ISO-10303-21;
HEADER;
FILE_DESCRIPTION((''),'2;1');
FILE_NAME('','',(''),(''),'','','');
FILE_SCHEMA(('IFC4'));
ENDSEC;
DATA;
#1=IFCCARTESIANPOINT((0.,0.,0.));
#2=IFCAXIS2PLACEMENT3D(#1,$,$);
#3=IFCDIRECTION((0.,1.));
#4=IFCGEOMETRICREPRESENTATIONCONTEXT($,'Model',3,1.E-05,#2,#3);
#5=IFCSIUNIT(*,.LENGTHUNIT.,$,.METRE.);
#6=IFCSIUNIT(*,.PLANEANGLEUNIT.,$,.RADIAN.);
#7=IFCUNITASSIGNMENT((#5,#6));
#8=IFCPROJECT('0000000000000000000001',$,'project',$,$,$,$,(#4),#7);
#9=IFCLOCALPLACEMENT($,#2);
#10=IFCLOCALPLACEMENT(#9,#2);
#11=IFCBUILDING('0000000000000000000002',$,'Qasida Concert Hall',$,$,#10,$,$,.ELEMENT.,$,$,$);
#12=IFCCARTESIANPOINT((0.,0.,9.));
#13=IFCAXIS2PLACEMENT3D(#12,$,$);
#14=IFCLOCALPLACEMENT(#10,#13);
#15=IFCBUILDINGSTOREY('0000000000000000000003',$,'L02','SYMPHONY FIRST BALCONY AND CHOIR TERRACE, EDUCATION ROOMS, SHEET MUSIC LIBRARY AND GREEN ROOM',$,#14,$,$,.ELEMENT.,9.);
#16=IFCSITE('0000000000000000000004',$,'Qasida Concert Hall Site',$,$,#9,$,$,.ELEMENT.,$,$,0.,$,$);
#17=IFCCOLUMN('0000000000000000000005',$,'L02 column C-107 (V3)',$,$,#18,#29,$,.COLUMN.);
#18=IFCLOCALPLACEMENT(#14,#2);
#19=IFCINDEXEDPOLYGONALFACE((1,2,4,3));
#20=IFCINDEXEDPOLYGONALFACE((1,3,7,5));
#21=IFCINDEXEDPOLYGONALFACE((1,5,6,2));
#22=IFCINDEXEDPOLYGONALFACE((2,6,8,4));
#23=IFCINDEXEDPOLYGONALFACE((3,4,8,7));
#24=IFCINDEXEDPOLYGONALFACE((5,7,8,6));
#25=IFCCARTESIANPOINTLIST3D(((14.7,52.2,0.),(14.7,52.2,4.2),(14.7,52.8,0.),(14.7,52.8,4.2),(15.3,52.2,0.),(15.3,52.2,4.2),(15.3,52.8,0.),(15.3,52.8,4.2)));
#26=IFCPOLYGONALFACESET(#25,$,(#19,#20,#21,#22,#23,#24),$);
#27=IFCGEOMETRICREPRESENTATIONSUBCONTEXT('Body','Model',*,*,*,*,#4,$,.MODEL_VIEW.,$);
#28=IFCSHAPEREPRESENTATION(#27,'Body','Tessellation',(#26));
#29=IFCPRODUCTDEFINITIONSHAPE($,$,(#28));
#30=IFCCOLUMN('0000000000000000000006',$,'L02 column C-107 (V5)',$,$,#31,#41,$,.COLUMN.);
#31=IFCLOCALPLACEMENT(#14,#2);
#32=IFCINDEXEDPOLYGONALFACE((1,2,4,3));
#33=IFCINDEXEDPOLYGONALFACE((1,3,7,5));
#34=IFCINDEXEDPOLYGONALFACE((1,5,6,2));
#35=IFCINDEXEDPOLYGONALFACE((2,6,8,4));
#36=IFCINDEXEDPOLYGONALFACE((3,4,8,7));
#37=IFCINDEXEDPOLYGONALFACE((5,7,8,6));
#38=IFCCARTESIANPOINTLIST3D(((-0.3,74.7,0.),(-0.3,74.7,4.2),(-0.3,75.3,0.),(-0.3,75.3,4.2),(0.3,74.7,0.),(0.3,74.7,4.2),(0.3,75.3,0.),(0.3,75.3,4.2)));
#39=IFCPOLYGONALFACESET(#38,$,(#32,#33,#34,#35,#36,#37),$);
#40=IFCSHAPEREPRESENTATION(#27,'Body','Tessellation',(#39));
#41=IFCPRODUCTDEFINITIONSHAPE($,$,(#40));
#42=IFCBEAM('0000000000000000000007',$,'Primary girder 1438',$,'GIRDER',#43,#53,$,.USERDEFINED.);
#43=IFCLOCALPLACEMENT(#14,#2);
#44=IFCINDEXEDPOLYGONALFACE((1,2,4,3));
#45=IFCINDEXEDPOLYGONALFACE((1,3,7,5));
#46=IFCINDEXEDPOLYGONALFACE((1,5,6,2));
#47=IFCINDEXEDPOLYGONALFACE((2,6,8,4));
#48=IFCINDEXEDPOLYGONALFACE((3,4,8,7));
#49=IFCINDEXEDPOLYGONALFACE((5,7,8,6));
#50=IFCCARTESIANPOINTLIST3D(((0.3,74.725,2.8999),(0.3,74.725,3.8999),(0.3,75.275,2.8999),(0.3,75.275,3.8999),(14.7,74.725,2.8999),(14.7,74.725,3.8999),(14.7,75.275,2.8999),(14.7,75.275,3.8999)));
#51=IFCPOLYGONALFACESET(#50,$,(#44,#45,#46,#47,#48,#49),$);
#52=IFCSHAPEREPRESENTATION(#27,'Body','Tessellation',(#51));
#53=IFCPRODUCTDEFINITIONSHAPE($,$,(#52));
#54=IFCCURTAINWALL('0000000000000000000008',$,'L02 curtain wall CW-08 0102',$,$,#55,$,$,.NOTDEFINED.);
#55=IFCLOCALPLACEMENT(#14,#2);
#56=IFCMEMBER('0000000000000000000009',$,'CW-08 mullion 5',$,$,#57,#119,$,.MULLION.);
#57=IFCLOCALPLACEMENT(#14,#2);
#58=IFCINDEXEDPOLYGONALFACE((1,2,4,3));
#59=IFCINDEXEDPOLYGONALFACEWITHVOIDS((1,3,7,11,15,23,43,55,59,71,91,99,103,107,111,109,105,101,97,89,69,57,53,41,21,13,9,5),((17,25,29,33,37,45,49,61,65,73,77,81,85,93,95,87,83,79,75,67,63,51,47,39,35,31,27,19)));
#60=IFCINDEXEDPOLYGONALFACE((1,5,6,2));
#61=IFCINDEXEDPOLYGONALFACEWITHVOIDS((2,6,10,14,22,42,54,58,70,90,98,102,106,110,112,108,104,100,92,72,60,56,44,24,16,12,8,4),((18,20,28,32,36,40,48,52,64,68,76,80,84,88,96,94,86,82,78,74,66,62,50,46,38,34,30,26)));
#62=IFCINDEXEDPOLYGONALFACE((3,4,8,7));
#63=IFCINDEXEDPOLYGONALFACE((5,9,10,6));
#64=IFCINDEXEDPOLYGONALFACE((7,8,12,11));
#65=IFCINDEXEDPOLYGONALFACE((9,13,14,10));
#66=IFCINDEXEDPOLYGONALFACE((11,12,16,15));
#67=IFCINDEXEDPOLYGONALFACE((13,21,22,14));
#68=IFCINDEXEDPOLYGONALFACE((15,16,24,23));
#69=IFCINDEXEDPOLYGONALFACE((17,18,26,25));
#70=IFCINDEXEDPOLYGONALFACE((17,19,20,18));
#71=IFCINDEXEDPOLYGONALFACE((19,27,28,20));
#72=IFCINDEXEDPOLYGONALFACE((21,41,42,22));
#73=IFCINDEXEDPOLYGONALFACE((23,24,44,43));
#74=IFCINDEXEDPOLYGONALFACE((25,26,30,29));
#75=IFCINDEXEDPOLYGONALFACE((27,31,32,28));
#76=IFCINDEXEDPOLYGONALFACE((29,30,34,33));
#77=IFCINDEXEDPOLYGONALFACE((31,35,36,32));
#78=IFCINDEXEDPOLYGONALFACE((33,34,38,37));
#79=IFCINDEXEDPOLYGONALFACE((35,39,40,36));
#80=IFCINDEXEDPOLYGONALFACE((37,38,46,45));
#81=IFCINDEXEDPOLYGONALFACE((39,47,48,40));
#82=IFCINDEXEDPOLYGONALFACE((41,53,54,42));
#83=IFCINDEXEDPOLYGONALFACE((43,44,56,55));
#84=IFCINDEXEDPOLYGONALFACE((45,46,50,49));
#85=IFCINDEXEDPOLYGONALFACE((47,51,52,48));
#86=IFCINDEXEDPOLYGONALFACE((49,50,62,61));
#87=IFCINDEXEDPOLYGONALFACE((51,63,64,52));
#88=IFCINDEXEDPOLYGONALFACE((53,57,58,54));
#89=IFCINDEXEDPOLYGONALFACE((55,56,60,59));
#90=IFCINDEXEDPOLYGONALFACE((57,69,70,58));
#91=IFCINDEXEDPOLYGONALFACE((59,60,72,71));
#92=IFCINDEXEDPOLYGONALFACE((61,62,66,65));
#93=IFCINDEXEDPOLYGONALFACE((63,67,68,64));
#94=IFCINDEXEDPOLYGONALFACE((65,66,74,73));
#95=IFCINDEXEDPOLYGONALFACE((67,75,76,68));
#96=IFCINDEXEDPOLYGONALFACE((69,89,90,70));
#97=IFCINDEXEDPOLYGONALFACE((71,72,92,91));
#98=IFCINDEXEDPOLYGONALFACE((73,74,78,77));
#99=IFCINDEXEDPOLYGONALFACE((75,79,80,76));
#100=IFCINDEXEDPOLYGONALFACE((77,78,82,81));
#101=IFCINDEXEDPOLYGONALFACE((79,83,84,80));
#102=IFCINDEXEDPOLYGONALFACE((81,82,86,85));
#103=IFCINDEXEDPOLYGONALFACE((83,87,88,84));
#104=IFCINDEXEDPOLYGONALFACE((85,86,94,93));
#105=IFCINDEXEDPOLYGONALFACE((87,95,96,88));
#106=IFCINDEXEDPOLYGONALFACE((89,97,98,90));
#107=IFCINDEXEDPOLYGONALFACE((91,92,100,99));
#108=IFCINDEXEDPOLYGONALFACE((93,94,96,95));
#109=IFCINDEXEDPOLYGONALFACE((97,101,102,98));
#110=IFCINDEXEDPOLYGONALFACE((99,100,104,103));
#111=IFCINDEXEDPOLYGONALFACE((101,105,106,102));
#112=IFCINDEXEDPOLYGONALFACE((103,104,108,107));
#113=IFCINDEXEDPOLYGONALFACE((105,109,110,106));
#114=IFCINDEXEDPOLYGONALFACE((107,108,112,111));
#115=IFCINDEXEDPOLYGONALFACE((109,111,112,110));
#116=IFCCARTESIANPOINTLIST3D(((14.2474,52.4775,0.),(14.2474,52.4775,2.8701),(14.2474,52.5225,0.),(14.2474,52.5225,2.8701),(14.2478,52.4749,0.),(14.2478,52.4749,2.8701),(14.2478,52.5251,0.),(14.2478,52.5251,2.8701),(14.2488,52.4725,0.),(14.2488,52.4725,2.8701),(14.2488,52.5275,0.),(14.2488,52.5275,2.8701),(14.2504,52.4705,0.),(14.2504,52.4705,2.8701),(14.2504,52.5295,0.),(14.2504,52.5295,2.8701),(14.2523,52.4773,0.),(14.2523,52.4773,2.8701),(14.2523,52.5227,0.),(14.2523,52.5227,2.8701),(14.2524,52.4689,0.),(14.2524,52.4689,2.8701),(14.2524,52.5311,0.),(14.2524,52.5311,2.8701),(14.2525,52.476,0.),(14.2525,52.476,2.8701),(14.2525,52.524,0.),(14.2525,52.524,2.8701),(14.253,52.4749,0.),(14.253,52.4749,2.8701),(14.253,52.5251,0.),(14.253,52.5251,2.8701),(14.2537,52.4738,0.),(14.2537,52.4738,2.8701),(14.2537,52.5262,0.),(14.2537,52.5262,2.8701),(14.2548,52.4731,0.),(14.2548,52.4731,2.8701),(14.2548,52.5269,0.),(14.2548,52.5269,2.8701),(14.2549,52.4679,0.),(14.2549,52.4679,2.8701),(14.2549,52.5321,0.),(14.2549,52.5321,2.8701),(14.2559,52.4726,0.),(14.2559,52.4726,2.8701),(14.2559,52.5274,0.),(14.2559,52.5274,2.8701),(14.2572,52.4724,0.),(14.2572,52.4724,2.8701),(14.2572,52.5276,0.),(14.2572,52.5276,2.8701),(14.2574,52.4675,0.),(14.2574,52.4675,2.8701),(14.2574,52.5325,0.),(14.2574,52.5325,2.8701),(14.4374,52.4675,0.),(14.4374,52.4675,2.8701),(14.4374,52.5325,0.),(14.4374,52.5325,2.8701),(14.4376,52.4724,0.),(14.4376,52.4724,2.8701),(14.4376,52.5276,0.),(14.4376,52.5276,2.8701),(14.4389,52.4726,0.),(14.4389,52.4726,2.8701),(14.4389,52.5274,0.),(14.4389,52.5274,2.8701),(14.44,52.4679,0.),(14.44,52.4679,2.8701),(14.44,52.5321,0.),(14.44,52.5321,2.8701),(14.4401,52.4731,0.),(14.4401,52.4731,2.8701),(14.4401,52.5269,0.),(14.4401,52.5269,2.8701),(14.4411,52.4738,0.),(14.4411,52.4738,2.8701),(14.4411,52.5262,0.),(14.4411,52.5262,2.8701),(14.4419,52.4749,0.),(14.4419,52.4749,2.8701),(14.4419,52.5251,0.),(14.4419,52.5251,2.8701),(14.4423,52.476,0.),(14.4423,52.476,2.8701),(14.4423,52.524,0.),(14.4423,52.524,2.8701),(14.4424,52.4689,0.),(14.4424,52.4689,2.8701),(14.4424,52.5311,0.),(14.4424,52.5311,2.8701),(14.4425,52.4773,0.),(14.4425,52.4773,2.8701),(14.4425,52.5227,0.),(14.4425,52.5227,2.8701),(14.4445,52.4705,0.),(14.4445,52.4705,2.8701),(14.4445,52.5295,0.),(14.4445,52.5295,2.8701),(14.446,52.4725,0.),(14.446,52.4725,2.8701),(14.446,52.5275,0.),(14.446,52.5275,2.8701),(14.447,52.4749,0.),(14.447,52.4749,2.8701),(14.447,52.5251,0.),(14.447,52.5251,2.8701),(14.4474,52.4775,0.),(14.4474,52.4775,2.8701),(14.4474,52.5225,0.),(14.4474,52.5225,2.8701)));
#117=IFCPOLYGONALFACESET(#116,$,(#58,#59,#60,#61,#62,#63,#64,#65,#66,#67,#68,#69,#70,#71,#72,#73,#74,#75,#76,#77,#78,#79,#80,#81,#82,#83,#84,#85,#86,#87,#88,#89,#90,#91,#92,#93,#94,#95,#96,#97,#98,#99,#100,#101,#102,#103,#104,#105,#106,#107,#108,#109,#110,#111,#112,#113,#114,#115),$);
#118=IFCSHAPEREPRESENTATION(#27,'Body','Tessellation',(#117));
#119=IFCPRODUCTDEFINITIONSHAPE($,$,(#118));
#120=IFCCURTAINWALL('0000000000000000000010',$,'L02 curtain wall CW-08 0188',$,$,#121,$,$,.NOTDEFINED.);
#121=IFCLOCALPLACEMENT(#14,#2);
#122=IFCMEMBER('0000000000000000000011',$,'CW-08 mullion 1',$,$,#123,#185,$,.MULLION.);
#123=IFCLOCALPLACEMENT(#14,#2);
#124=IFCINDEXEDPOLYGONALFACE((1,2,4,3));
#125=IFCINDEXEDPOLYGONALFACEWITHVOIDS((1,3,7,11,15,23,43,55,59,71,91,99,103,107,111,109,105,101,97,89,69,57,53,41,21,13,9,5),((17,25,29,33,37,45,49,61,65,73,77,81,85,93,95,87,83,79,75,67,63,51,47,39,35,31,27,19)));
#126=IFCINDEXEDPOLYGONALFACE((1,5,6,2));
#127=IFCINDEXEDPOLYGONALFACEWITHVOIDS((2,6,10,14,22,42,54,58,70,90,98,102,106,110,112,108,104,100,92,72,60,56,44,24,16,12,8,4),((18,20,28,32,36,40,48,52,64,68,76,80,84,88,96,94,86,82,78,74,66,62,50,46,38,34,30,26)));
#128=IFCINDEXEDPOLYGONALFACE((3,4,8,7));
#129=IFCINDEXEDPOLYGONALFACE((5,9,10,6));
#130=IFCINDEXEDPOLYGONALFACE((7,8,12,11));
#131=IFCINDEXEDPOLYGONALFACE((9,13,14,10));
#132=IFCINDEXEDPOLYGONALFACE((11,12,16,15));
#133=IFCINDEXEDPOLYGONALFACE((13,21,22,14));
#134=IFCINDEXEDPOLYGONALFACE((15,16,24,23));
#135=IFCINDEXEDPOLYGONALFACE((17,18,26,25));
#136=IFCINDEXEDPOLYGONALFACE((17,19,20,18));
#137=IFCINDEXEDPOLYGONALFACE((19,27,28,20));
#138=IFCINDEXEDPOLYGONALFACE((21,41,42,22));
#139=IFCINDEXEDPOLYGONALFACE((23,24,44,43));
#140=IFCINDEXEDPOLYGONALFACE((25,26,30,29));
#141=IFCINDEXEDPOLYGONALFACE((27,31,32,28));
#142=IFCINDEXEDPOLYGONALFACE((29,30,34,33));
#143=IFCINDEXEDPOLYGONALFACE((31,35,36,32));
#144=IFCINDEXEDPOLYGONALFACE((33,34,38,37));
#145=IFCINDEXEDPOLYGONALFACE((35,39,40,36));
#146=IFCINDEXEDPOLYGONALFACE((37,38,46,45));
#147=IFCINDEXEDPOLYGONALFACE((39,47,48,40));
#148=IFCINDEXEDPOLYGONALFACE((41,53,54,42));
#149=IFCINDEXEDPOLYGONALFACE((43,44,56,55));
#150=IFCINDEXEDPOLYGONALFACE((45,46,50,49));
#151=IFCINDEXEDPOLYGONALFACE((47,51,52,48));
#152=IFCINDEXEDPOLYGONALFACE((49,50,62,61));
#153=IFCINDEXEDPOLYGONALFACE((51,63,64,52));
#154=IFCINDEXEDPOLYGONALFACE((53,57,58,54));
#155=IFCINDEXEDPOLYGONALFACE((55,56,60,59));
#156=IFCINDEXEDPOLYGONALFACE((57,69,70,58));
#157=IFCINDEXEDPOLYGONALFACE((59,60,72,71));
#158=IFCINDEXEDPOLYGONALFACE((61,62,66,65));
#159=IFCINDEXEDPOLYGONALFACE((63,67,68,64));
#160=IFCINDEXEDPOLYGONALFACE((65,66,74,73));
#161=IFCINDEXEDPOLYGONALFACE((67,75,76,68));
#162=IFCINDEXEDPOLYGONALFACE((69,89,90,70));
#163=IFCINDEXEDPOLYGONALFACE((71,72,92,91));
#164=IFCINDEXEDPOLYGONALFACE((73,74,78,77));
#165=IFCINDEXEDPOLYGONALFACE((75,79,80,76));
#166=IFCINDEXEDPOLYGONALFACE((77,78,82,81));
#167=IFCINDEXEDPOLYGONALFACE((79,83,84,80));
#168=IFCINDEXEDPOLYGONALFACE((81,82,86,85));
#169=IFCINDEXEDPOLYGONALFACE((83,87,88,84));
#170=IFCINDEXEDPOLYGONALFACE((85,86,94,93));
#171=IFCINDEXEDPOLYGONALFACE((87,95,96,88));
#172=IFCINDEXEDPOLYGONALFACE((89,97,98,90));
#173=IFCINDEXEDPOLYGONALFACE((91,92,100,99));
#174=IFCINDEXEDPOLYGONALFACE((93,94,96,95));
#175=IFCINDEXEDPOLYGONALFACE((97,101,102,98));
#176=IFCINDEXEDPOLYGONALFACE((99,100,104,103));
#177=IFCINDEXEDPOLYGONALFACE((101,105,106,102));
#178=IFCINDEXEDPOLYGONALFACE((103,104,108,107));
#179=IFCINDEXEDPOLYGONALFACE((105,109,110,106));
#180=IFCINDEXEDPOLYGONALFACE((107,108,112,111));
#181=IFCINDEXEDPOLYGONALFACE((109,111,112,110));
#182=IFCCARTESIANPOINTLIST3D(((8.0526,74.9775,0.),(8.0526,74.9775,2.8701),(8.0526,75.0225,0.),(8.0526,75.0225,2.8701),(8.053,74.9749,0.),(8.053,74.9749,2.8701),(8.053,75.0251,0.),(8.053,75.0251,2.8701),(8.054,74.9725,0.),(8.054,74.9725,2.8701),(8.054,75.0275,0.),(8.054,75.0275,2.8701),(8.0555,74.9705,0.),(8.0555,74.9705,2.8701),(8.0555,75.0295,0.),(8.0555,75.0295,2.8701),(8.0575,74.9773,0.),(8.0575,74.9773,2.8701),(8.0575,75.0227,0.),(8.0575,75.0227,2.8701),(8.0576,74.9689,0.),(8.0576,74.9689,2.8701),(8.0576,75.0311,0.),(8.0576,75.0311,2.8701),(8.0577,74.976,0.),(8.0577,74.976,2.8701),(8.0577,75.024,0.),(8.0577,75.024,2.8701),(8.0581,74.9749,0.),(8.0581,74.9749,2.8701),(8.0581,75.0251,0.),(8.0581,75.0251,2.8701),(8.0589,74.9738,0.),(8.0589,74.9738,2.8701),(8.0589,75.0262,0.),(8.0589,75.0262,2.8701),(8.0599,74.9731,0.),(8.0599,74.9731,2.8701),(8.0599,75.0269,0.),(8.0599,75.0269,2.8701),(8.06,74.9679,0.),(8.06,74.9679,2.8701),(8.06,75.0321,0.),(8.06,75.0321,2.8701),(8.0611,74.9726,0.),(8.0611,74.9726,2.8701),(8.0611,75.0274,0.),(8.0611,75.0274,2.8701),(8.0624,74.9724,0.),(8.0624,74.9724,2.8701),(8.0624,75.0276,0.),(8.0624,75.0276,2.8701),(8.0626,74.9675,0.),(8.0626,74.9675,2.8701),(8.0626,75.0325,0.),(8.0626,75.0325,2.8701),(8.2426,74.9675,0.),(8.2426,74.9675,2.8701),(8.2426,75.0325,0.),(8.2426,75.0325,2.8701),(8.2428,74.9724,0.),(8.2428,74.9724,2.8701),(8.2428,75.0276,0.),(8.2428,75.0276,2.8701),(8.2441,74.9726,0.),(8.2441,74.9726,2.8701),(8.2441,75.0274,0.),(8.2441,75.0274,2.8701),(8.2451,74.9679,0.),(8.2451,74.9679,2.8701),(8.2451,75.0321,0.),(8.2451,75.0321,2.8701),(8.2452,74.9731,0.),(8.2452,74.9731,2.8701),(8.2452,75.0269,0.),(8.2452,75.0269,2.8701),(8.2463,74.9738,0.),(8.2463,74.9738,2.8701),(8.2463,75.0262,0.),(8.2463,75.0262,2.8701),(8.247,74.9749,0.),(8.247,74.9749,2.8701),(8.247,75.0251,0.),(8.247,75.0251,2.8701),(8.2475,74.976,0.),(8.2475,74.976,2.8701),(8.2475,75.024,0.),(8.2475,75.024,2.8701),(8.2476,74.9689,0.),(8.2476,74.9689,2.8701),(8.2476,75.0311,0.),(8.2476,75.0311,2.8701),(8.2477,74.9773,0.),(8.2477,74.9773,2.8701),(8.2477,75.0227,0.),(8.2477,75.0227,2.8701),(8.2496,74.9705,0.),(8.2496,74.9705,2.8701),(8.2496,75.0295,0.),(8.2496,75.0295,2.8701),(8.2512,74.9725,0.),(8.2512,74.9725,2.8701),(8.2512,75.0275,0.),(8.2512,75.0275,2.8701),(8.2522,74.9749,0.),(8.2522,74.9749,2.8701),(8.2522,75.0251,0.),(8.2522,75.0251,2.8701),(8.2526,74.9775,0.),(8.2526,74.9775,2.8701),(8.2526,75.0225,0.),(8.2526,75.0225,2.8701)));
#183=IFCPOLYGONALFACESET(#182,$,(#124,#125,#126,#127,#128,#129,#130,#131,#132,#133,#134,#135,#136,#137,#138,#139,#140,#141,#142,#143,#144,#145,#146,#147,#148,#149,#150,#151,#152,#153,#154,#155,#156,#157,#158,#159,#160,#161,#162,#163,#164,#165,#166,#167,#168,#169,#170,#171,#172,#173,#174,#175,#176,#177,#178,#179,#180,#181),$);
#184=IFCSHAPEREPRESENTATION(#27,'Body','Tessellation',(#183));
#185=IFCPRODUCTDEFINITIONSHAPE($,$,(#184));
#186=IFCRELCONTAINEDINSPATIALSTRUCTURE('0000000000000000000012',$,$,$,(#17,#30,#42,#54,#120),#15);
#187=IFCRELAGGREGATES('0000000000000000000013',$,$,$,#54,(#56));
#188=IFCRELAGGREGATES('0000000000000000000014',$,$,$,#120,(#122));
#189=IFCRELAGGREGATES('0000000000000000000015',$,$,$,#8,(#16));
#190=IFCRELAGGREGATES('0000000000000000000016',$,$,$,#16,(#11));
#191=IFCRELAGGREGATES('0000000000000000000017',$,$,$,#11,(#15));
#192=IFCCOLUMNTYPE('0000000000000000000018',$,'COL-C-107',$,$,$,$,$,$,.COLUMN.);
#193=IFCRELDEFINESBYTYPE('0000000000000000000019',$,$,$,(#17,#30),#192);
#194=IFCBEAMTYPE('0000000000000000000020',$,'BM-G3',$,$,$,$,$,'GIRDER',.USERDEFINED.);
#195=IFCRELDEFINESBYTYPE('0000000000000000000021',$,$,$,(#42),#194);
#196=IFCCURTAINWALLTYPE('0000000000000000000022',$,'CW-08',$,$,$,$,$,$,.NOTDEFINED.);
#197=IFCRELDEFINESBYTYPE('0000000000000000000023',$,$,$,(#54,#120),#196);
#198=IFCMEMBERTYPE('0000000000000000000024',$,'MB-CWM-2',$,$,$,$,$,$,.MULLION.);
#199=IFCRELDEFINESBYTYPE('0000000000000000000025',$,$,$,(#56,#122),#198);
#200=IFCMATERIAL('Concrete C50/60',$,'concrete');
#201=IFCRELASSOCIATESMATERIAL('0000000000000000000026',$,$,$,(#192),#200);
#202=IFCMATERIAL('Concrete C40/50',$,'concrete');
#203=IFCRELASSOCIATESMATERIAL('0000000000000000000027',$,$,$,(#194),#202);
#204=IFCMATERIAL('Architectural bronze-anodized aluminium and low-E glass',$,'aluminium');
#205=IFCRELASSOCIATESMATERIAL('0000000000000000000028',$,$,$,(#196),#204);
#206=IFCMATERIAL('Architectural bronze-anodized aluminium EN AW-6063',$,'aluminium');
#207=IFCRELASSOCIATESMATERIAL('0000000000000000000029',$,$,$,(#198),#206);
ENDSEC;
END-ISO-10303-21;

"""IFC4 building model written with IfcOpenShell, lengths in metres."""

from ifc_helpers import new_model, si_unit, direction, frame, origin, origin_2d, place, context, subcontext, project, spatial, rectangle, hollow_rectangle, extrude, material, material_profile, profile_set, type_object, element, aggregate, save


model = new_model("IFC4")

# Units and contexts
model_context = context("Model", 3, precision=1e-05, world=origin(), true_north=direction((0.0, 1.0)))
body_context = subcontext(model_context, "Body", "Model", "MODEL_VIEW")
ifc_project = project(units=[si_unit("LENGTHUNIT", "METRE"), si_unit("PLANEANGLEUNIT", "RADIAN")], contexts=[model_context])

# Site, building, storey
site_placement = place(None, origin())
site = spatial("IfcSite", under=ifc_project, at=site_placement, Name="Qasida Concert Hall Site", CompositionType="ELEMENT", RefElevation=0.0)
building_placement = place(site_placement, origin())
building = spatial("IfcBuilding", under=site, at=building_placement, Name="Qasida Concert Hall", CompositionType="ELEMENT")
storey_placement = place(building_placement, frame((0.0, 0.0, 9.0)))
storey = spatial("IfcBuildingStorey", under=building, at=storey_placement, Name="L02", Description="SYMPHONY FIRST BALCONY AND CHOIR TERRACE, EDUCATION ROOMS, SHEET MUSIC LIBRARY AND GREEN ROOM", CompositionType="ELEMENT", Elevation=9.0)

# Columns
ifc_material_1 = material(Name="Concrete C50/60", Category="concrete")
ifc_material_profile_1 = material_profile(ifc_material_1, rectangle(XDim=0.6001, YDim=0.6001, at=origin_2d()), Name="RC 600x600")
ifc_profile_set_1 = profile_set([ifc_material_profile_1], Name="Concrete C50/60")
column_type = type_object("IfcColumnType", Name="COL-C-107", PredefinedType="COLUMN", material=ifc_profile_set_1)
for number, where, z_axis, x_axis, name in (
    (1, (15.0, 52.5, 0.0), (0.0, 0.0, 1.0), (1.0, 0.0, 0.0), "L02 column C-107 (V3)"),
    (2, (0.0, 75.0, 0.0), (0.0, 0.0, 1.0), (1.0, 0.0, 0.0), "L02 column C-107 (V5)"),
):
    element("IfcColumn", number, at=place(storey_placement, frame(where, z_axis=z_axis, x_axis=x_axis)), inside=storey, type_object=column_type, Name=name, PredefinedType="COLUMN", context=body_context, shape_type="SweptSolid", body=[
        extrude(rectangle(XDim=0.6001, YDim=0.6001, at=origin_2d()), origin(), (0.0, 0.0, 1.0), 4.2),
    ])

# Beam
ifc_material_2 = material(Name="Concrete C40/50", Category="concrete")
ifc_material_profile_2 = material_profile(ifc_material_2, rectangle(XDim=0.55, YDim=1.0, at=origin_2d()), Name="RC 550x1000")
ifc_profile_set_2 = profile_set([ifc_material_profile_2], Name="Concrete C40/50")
beam_type = type_object("IfcBeamType", Name="BM-G3", ElementType="GIRDER", PredefinedType="USERDEFINED", material=ifc_profile_set_2)
beam_placement = place(storey_placement, frame((0.3, 75.0, 3.3999), z_axis=(1.0, 0.0, 0.0), x_axis=(0.0, 1.0, 0.0)))
element("IfcBeam", 3, at=beam_placement, inside=storey, type_object=beam_type, Name="Primary girder 1438", ObjectType="GIRDER", PredefinedType="USERDEFINED", context=body_context, shape_type="SweptSolid", body=[
    extrude(rectangle(XDim=0.55, YDim=1.0, at=origin_2d()), origin(), (0.0, 0.0, 1.0), 14.3999),
])

# Curtain wall, member
ifc_material_3 = material(Name="Architectural bronze-anodized aluminium and low-E glass", Category="aluminium")
curtain_wall_type = type_object("IfcCurtainWallType", Name="CW-08", PredefinedType="NOTDEFINED", material=ifc_material_3)
curtain_wall_1_placement = place(storey_placement, origin())
curtain_wall_1 = element("IfcCurtainWall", 4, at=curtain_wall_1_placement, inside=storey, type_object=curtain_wall_type, Name="L02 curtain wall CW-08 0102", PredefinedType="NOTDEFINED")
ifc_material_4 = material(Name="Architectural bronze-anodized aluminium EN AW-6063", Category="aluminium")
ifc_material_profile_3 = material_profile(ifc_material_4, hollow_rectangle(XDim=0.0649, YDim=0.2, WallThickness=0.0049, InnerFilletRadius=0.0049, OuterFilletRadius=0.01, at=origin_2d()), Name="CWM 200x65x5")
ifc_profile_set_3 = profile_set([ifc_material_profile_3], Name="Architectural bronze-anodized aluminium EN AW-6063")
member_type_1 = type_object("IfcMemberType", Name="MB-CWM-2", PredefinedType="MULLION", material=ifc_profile_set_3)
member_1_placement = place(storey_placement, frame((14.3474, 52.5, 0.0), z_axis=(0.0, 0.0, 1.0), x_axis=(0.0, 1.0, 0.0)))
member_1 = element("IfcMember", 5, at=member_1_placement, type_object=member_type_1, Name="CW-08 mullion 5", PredefinedType="MULLION", context=body_context, shape_type="SweptSolid", body=[
    extrude(hollow_rectangle(XDim=0.0649, YDim=0.2, WallThickness=0.0049, InnerFilletRadius=0.0049, OuterFilletRadius=0.01, at=origin_2d()), origin(), (0.0, 0.0, 1.0), 2.8701),
])

# Curtain wall, member
curtain_wall_2_placement = place(storey_placement, origin())
curtain_wall_2 = element("IfcCurtainWall", 6, at=curtain_wall_2_placement, inside=storey, type_object=curtain_wall_type, Name="L02 curtain wall CW-08 0188", PredefinedType="NOTDEFINED")
member_2_placement = place(storey_placement, frame((8.1526, 75.0, 0.0), z_axis=(0.0, 0.0, 1.0), x_axis=(0.0, 1.0, 0.0)))
member_2 = element("IfcMember", 7, at=member_2_placement, type_object=member_type_1, Name="CW-08 mullion 1", PredefinedType="MULLION", context=body_context, shape_type="SweptSolid", body=[
    extrude(hollow_rectangle(XDim=0.0649, YDim=0.2, WallThickness=0.0049, InnerFilletRadius=0.0049, OuterFilletRadius=0.01, at=origin_2d()), origin(), (0.0, 0.0, 1.0), 2.8701),
])

aggregate(curtain_wall_1, [member_1])
aggregate(curtain_wall_2, [member_2])

save(model, "model.ifc")
